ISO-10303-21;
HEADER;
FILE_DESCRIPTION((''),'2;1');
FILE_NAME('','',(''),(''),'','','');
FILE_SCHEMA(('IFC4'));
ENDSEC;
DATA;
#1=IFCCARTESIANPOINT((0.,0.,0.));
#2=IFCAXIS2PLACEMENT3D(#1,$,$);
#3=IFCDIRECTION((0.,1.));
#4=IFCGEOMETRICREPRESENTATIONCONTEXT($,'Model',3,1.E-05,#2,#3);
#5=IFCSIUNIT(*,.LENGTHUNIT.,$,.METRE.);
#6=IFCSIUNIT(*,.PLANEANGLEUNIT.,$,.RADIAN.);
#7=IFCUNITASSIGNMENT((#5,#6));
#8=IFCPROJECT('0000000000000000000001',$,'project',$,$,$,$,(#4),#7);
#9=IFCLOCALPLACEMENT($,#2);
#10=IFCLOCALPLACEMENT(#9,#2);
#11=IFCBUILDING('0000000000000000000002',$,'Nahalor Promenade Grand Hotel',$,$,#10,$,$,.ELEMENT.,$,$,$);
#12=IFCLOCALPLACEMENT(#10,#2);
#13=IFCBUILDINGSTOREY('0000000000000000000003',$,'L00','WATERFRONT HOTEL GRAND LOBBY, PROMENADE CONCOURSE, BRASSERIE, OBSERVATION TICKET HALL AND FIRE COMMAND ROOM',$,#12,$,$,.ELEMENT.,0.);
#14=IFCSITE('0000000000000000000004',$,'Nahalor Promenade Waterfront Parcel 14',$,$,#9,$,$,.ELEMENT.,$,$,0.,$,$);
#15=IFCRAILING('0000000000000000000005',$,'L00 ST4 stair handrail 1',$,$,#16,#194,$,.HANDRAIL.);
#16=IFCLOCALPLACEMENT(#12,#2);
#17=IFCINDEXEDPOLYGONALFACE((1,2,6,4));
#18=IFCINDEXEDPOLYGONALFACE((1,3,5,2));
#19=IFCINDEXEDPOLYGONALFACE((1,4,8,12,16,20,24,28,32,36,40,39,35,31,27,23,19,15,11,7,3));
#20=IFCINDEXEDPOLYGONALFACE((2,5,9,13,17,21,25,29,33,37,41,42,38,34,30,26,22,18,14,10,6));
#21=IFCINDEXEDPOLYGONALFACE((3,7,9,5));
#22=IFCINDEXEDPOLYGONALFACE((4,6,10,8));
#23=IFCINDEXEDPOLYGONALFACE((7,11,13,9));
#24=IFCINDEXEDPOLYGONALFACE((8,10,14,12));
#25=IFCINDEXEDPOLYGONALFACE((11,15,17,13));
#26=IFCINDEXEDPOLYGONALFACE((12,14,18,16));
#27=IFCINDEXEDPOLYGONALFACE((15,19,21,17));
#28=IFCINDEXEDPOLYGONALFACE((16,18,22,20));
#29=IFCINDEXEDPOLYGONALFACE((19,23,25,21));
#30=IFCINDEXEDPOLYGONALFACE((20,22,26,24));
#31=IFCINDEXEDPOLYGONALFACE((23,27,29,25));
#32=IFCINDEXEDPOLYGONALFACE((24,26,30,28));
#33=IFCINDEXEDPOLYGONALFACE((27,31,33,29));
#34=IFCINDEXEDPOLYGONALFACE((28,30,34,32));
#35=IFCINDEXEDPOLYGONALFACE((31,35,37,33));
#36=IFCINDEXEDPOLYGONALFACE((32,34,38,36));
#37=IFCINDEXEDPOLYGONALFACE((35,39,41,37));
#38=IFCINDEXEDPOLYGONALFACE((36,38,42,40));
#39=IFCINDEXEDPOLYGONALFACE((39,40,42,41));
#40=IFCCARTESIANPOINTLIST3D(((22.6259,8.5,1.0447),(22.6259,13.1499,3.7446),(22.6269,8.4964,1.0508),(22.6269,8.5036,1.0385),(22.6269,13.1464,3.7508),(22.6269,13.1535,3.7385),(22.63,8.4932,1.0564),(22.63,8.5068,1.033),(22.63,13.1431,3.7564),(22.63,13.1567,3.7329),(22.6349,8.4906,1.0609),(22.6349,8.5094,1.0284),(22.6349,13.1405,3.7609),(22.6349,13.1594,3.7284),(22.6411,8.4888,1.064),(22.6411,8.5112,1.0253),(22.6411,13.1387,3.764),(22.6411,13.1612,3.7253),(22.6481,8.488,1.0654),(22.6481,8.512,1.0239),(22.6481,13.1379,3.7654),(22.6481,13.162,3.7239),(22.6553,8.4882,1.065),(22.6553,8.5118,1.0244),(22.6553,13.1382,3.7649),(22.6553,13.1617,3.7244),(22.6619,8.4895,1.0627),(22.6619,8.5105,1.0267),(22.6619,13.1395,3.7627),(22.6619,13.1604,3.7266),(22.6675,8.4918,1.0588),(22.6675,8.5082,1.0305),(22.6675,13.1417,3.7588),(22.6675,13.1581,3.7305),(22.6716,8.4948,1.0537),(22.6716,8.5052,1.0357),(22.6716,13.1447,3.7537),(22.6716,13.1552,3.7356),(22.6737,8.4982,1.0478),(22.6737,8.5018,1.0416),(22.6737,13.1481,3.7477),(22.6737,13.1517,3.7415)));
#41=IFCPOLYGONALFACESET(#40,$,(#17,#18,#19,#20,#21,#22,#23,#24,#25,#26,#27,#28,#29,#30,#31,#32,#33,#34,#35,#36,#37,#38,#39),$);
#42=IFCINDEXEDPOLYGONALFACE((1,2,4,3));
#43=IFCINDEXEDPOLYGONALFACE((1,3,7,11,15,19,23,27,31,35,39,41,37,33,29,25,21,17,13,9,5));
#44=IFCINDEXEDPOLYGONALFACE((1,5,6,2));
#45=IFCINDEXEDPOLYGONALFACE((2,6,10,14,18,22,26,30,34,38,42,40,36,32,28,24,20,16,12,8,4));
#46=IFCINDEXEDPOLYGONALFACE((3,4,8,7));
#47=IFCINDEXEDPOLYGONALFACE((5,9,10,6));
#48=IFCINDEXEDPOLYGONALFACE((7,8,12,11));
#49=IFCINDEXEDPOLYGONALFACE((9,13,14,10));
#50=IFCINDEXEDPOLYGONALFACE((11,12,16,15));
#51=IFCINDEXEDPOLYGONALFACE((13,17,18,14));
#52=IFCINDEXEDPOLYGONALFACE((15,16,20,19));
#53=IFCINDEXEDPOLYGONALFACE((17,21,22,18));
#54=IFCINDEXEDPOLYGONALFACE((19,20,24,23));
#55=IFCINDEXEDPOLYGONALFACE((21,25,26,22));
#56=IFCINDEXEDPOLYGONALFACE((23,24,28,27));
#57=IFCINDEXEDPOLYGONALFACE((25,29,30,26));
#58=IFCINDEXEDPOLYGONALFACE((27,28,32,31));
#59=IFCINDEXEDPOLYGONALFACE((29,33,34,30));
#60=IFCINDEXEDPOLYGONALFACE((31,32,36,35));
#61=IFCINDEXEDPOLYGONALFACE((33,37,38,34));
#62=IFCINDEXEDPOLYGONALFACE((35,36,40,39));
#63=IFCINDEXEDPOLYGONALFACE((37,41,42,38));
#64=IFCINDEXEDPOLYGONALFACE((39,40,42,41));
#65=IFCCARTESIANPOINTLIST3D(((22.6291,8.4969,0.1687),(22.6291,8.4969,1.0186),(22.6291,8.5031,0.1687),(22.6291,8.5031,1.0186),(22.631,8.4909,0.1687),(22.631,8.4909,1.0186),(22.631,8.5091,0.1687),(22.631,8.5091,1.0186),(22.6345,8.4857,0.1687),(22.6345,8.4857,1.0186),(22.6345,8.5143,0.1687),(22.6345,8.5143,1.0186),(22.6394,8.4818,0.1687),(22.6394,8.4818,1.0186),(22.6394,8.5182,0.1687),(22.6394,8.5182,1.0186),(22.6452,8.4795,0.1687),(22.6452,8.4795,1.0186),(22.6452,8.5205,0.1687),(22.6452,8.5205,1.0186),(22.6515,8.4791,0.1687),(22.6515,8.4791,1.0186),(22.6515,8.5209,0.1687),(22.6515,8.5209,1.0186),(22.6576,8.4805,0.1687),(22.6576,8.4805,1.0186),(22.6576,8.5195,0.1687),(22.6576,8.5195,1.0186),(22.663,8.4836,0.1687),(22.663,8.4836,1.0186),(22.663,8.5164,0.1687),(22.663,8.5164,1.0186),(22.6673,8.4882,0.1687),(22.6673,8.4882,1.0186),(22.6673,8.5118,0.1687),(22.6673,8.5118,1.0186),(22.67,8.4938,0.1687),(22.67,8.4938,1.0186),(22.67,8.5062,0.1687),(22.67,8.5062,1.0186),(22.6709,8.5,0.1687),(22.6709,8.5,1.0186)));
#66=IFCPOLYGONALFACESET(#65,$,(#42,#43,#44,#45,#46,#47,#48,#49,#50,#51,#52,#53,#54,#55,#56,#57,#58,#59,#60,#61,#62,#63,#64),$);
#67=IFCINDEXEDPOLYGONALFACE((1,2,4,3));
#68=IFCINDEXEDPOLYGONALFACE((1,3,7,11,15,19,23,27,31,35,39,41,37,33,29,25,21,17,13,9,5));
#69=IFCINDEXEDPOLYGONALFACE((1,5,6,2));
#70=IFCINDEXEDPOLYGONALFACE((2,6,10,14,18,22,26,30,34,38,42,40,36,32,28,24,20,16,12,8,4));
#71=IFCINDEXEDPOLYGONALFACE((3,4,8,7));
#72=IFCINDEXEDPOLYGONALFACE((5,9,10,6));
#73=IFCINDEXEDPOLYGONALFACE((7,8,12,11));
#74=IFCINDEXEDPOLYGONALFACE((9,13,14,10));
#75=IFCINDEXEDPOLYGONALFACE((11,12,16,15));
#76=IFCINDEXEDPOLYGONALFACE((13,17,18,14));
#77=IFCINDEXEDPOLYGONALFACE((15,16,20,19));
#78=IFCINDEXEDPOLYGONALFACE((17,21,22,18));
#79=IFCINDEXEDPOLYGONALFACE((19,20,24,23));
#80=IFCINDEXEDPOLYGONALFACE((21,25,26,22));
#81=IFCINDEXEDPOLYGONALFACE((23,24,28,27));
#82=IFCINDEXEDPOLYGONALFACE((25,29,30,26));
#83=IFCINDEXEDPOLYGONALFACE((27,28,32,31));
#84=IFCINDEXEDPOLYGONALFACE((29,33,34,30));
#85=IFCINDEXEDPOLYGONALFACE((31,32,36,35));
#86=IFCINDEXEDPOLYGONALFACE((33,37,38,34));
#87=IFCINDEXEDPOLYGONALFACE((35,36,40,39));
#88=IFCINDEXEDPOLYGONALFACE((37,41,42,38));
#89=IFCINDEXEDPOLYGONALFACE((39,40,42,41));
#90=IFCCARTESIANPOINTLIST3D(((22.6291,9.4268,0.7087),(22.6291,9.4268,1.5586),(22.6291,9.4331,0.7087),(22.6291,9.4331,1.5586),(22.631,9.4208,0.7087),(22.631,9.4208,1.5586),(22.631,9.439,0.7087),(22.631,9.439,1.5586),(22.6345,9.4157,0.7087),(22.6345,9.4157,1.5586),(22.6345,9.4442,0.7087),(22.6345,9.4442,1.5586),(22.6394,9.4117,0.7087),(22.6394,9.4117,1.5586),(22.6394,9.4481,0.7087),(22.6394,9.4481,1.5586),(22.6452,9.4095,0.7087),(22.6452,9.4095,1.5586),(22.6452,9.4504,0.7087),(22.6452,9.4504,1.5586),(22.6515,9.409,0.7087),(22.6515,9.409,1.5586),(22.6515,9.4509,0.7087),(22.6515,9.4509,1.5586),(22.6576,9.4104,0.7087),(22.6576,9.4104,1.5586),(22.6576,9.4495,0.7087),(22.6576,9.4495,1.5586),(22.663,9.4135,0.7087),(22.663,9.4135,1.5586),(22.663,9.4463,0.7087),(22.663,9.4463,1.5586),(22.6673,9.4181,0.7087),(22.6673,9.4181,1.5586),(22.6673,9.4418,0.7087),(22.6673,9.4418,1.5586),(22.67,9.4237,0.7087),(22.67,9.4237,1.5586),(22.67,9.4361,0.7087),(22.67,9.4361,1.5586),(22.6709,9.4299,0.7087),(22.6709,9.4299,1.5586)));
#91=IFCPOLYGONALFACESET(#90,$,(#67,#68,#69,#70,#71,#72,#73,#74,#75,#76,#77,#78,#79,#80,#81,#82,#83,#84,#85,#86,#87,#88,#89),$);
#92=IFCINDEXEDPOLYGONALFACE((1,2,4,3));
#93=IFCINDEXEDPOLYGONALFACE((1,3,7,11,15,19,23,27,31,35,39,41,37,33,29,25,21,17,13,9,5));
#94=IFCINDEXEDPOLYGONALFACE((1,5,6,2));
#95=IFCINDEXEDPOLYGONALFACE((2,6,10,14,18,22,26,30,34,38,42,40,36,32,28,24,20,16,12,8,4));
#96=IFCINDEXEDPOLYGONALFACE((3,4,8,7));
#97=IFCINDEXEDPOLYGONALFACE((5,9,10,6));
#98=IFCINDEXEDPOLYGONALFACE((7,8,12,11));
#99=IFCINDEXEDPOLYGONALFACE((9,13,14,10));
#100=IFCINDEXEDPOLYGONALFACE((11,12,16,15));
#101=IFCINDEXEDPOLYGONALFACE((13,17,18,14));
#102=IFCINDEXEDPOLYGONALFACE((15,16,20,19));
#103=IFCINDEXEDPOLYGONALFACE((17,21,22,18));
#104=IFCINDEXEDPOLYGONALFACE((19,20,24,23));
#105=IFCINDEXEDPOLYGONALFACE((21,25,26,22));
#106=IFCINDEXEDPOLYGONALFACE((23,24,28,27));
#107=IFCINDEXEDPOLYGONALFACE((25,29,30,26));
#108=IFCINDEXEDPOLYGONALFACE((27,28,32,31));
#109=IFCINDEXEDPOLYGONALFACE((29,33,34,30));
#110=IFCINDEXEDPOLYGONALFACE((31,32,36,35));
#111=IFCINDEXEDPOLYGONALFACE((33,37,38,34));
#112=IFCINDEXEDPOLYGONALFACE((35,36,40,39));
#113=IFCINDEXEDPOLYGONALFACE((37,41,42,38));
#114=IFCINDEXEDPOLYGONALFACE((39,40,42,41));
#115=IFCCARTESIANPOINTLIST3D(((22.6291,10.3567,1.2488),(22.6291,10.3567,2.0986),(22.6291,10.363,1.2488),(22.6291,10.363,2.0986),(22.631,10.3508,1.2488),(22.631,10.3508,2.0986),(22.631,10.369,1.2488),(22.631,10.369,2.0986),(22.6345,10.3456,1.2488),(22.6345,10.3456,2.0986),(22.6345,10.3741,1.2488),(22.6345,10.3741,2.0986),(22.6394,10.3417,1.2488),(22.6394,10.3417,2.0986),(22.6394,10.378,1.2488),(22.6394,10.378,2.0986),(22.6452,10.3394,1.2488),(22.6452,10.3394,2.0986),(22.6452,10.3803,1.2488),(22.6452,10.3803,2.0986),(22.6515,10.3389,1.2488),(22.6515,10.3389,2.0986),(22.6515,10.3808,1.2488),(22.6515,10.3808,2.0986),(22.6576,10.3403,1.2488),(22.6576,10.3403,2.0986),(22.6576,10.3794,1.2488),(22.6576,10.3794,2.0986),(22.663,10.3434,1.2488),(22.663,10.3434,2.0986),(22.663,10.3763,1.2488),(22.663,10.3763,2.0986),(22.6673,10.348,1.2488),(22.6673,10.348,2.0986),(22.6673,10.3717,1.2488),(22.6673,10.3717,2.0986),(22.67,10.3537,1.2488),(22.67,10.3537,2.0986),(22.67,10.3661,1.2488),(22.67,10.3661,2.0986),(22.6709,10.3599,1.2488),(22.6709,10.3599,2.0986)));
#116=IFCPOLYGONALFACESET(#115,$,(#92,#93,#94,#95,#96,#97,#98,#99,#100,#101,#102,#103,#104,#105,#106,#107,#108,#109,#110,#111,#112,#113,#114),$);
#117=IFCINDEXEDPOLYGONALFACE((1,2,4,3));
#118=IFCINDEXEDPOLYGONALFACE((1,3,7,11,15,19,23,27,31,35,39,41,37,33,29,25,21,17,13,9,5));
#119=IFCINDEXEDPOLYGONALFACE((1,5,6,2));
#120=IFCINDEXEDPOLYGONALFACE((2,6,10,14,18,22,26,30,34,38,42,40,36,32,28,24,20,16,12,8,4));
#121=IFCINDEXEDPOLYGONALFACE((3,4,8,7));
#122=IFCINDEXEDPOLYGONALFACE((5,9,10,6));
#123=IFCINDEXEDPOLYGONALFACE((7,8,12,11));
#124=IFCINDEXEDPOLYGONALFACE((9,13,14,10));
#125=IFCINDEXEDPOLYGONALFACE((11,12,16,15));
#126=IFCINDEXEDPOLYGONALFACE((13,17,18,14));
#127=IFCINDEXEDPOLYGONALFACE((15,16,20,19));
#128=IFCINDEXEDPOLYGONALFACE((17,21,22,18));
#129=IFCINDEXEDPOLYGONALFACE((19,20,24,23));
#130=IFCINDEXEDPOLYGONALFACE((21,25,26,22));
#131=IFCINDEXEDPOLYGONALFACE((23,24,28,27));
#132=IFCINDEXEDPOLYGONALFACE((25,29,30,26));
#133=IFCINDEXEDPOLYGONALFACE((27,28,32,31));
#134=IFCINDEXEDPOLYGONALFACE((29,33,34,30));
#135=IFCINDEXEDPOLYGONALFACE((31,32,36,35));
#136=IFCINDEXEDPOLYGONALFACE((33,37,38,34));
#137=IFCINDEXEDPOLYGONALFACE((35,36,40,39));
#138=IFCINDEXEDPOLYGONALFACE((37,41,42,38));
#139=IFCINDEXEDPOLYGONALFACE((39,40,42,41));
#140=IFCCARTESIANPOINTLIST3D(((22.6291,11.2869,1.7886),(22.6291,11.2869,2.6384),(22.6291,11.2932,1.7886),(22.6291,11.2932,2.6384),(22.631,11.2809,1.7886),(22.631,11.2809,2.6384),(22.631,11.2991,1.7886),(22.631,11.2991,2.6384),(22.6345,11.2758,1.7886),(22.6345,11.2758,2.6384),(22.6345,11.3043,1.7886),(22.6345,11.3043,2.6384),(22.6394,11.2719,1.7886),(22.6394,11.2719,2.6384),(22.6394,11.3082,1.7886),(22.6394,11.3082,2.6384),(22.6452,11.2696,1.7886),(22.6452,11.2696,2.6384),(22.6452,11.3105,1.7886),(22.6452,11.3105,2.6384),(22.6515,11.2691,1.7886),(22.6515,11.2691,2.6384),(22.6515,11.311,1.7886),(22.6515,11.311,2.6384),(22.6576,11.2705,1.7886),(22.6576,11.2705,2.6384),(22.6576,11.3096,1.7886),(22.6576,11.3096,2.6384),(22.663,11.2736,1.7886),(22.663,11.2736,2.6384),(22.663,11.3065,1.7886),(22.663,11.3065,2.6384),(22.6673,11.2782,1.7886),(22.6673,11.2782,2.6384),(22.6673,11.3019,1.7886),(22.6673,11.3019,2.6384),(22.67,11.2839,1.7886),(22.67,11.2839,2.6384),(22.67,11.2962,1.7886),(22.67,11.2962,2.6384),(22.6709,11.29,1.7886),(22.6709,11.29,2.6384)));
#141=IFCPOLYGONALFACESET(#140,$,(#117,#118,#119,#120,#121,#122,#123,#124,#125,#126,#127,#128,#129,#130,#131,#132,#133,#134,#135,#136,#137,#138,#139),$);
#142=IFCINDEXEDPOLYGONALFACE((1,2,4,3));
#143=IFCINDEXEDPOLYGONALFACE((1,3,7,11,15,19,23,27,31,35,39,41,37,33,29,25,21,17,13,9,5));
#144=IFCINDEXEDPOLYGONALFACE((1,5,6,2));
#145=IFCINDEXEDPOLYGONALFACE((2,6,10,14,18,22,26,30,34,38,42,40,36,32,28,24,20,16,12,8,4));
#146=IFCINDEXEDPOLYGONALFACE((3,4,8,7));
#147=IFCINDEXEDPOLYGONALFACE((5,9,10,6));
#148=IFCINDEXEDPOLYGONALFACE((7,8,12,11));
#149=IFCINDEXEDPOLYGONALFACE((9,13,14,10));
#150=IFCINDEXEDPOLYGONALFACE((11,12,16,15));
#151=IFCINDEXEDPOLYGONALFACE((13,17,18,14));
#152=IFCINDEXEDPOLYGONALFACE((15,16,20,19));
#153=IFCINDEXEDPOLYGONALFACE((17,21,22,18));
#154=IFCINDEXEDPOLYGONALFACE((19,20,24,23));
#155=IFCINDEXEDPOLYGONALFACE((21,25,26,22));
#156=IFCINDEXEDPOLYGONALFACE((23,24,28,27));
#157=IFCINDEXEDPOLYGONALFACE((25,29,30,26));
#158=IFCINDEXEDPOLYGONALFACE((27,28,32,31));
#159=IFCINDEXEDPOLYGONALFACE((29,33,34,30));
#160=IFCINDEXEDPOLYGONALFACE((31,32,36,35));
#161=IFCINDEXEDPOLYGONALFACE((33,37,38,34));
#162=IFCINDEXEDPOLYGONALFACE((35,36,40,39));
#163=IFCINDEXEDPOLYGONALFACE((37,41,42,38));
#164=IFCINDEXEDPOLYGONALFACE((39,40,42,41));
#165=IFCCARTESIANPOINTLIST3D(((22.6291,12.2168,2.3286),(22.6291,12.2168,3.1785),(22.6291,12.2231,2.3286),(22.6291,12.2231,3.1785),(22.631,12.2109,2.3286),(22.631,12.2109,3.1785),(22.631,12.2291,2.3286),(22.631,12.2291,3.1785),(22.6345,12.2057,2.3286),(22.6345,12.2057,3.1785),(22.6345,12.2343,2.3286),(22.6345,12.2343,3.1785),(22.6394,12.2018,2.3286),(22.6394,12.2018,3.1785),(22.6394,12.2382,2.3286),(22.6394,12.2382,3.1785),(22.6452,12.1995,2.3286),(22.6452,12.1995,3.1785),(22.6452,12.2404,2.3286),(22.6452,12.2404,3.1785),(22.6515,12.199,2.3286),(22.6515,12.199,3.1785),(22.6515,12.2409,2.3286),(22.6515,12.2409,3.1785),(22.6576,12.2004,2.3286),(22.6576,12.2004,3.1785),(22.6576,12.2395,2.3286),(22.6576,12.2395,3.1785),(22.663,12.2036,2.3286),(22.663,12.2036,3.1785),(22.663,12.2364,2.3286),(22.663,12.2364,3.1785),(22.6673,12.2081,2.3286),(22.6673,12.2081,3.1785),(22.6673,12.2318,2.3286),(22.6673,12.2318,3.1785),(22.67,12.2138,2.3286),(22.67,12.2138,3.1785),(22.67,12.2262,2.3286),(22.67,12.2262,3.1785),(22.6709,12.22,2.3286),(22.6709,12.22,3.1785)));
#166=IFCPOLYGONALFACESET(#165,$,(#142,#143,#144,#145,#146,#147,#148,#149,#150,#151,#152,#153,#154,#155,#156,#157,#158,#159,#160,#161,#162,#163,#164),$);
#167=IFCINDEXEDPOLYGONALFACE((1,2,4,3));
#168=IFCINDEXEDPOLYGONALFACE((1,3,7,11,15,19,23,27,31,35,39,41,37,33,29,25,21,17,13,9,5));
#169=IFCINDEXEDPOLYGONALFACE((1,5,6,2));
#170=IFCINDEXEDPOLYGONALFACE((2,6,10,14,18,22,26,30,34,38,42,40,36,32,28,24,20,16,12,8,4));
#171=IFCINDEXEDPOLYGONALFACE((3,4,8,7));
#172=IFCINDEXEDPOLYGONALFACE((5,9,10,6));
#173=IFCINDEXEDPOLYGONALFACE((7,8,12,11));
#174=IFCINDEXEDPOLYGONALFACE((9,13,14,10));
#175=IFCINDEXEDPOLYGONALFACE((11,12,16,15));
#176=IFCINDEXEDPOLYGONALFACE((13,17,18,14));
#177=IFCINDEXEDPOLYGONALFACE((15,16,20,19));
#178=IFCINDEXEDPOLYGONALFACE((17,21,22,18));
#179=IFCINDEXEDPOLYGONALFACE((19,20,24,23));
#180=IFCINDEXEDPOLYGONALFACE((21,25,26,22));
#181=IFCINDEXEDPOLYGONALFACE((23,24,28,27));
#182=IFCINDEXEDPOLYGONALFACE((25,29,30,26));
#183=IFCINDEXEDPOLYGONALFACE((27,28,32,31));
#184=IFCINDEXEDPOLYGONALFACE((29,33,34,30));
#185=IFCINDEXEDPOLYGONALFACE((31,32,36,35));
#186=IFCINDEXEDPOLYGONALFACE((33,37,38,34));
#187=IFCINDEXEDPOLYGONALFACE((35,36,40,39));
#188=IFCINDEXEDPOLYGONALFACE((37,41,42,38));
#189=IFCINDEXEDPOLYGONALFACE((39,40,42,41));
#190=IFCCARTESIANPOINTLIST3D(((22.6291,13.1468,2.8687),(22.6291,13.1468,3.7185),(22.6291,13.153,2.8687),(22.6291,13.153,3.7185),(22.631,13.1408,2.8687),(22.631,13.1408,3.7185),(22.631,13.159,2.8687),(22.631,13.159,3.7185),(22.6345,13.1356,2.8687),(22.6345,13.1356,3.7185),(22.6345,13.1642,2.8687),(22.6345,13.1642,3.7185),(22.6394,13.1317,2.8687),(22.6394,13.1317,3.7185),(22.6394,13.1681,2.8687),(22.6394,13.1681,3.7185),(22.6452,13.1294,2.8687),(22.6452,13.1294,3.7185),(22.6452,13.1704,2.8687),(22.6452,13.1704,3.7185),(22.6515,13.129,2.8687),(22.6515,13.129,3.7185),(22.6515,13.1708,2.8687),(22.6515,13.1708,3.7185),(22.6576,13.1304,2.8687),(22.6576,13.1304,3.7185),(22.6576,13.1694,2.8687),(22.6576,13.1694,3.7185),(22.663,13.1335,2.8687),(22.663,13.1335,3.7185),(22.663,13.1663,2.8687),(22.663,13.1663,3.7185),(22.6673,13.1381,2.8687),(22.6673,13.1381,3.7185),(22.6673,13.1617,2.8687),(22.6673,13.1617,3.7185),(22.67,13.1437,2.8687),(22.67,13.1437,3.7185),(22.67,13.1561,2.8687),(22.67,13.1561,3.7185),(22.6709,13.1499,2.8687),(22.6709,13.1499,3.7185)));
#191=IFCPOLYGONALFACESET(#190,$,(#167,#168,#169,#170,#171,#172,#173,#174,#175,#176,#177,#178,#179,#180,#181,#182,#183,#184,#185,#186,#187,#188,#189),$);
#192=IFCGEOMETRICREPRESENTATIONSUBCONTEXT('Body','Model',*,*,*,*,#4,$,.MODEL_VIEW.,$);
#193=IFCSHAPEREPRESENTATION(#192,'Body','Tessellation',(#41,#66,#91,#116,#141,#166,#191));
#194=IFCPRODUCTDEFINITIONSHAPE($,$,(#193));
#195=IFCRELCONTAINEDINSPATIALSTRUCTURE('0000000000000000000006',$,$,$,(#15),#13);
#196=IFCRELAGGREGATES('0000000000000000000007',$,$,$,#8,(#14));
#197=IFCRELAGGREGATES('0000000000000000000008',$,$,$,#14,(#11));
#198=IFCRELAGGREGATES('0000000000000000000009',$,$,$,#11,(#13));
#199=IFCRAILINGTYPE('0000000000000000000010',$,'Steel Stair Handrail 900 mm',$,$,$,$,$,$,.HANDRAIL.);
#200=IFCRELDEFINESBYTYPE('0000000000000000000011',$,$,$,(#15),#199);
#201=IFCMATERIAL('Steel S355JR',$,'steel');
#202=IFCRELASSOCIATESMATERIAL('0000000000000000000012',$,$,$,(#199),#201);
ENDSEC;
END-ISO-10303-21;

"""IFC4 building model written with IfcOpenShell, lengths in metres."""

from ifc_helpers import new_model, si_unit, direction, frame, origin, origin_2d, place, context, subcontext, project, spatial, circle, extrude, material, type_object, element, save


model = new_model("IFC4")

# Units and contexts
model_context = context("Model", 3, precision=1e-05, world=origin(), true_north=direction((0.0, 1.0)))
body_context = subcontext(model_context, "Body", "Model", "MODEL_VIEW")
ifc_project = project(units=[si_unit("LENGTHUNIT", "METRE"), si_unit("PLANEANGLEUNIT", "RADIAN")], contexts=[model_context])

# Site, building, storey
site_placement = place(None, origin())
site = spatial("IfcSite", under=ifc_project, at=site_placement, Name="Nahalor Promenade Waterfront Parcel 14", CompositionType="ELEMENT", RefElevation=0.0)
building_placement = place(site_placement, origin())
building = spatial("IfcBuilding", under=site, at=building_placement, Name="Nahalor Promenade Grand Hotel", CompositionType="ELEMENT")
storey_placement = place(building_placement, origin())
storey = spatial("IfcBuildingStorey", under=building, at=storey_placement, Name="L00", Description="WATERFRONT HOTEL GRAND LOBBY, PROMENADE CONCOURSE, BRASSERIE, OBSERVATION TICKET HALL AND FIRE COMMAND ROOM", CompositionType="ELEMENT", Elevation=0.0)

# Shared definitions
ifc_material_1 = material(Name="Steel S355JR", Category="steel")

# Railing
railing_type_1 = type_object("IfcRailingType", Name="Steel Stair Handrail 900 mm", PredefinedType="HANDRAIL", material=ifc_material_1)
railing_1_placement = place(storey_placement, frame((22.6499, 8.5, 0.1687)))
element("IfcRailing", 1, at=railing_1_placement, inside=storey, type_object=railing_type_1, Name="L00 ST4 stair handrail 1", PredefinedType="HANDRAIL", context=body_context, shape_type="SweptSolid", body=[
    extrude(circle(Radius=0.024, at=origin_2d()), frame((0.0, 0.0, 0.876), z_axis=(0.0, 0.864788, 0.502137), x_axis=(-1.0, 0.0, 0.0)), (0.0, 0.0, 1.0), 5.377),
    extrude(circle(Radius=0.021, at=origin_2d()), origin(), (0.0, 0.0, 1.0), 0.8499),
    extrude(circle(Radius=0.021, at=origin_2d()), frame((0.0, 0.9299, 0.54)), (0.0, 0.0, 1.0), 0.8499),
    extrude(circle(Radius=0.021, at=origin_2d()), frame((0.0, 1.8599, 1.0801)), (0.0, 0.0, 1.0), 0.8499),
    extrude(circle(Radius=0.021, at=origin_2d()), frame((0.0, 2.79, 1.6199)), (0.0, 0.0, 1.0), 0.8499),
    extrude(circle(Radius=0.021, at=origin_2d()), frame((0.0, 3.72, 2.1599)), (0.0, 0.0, 1.0), 0.8499),
    extrude(circle(Radius=0.021, at=origin_2d()), frame((0.0, 4.6499, 2.7)), (0.0, 0.0, 1.0), 0.8499),
])

save(model, "model.ifc")
